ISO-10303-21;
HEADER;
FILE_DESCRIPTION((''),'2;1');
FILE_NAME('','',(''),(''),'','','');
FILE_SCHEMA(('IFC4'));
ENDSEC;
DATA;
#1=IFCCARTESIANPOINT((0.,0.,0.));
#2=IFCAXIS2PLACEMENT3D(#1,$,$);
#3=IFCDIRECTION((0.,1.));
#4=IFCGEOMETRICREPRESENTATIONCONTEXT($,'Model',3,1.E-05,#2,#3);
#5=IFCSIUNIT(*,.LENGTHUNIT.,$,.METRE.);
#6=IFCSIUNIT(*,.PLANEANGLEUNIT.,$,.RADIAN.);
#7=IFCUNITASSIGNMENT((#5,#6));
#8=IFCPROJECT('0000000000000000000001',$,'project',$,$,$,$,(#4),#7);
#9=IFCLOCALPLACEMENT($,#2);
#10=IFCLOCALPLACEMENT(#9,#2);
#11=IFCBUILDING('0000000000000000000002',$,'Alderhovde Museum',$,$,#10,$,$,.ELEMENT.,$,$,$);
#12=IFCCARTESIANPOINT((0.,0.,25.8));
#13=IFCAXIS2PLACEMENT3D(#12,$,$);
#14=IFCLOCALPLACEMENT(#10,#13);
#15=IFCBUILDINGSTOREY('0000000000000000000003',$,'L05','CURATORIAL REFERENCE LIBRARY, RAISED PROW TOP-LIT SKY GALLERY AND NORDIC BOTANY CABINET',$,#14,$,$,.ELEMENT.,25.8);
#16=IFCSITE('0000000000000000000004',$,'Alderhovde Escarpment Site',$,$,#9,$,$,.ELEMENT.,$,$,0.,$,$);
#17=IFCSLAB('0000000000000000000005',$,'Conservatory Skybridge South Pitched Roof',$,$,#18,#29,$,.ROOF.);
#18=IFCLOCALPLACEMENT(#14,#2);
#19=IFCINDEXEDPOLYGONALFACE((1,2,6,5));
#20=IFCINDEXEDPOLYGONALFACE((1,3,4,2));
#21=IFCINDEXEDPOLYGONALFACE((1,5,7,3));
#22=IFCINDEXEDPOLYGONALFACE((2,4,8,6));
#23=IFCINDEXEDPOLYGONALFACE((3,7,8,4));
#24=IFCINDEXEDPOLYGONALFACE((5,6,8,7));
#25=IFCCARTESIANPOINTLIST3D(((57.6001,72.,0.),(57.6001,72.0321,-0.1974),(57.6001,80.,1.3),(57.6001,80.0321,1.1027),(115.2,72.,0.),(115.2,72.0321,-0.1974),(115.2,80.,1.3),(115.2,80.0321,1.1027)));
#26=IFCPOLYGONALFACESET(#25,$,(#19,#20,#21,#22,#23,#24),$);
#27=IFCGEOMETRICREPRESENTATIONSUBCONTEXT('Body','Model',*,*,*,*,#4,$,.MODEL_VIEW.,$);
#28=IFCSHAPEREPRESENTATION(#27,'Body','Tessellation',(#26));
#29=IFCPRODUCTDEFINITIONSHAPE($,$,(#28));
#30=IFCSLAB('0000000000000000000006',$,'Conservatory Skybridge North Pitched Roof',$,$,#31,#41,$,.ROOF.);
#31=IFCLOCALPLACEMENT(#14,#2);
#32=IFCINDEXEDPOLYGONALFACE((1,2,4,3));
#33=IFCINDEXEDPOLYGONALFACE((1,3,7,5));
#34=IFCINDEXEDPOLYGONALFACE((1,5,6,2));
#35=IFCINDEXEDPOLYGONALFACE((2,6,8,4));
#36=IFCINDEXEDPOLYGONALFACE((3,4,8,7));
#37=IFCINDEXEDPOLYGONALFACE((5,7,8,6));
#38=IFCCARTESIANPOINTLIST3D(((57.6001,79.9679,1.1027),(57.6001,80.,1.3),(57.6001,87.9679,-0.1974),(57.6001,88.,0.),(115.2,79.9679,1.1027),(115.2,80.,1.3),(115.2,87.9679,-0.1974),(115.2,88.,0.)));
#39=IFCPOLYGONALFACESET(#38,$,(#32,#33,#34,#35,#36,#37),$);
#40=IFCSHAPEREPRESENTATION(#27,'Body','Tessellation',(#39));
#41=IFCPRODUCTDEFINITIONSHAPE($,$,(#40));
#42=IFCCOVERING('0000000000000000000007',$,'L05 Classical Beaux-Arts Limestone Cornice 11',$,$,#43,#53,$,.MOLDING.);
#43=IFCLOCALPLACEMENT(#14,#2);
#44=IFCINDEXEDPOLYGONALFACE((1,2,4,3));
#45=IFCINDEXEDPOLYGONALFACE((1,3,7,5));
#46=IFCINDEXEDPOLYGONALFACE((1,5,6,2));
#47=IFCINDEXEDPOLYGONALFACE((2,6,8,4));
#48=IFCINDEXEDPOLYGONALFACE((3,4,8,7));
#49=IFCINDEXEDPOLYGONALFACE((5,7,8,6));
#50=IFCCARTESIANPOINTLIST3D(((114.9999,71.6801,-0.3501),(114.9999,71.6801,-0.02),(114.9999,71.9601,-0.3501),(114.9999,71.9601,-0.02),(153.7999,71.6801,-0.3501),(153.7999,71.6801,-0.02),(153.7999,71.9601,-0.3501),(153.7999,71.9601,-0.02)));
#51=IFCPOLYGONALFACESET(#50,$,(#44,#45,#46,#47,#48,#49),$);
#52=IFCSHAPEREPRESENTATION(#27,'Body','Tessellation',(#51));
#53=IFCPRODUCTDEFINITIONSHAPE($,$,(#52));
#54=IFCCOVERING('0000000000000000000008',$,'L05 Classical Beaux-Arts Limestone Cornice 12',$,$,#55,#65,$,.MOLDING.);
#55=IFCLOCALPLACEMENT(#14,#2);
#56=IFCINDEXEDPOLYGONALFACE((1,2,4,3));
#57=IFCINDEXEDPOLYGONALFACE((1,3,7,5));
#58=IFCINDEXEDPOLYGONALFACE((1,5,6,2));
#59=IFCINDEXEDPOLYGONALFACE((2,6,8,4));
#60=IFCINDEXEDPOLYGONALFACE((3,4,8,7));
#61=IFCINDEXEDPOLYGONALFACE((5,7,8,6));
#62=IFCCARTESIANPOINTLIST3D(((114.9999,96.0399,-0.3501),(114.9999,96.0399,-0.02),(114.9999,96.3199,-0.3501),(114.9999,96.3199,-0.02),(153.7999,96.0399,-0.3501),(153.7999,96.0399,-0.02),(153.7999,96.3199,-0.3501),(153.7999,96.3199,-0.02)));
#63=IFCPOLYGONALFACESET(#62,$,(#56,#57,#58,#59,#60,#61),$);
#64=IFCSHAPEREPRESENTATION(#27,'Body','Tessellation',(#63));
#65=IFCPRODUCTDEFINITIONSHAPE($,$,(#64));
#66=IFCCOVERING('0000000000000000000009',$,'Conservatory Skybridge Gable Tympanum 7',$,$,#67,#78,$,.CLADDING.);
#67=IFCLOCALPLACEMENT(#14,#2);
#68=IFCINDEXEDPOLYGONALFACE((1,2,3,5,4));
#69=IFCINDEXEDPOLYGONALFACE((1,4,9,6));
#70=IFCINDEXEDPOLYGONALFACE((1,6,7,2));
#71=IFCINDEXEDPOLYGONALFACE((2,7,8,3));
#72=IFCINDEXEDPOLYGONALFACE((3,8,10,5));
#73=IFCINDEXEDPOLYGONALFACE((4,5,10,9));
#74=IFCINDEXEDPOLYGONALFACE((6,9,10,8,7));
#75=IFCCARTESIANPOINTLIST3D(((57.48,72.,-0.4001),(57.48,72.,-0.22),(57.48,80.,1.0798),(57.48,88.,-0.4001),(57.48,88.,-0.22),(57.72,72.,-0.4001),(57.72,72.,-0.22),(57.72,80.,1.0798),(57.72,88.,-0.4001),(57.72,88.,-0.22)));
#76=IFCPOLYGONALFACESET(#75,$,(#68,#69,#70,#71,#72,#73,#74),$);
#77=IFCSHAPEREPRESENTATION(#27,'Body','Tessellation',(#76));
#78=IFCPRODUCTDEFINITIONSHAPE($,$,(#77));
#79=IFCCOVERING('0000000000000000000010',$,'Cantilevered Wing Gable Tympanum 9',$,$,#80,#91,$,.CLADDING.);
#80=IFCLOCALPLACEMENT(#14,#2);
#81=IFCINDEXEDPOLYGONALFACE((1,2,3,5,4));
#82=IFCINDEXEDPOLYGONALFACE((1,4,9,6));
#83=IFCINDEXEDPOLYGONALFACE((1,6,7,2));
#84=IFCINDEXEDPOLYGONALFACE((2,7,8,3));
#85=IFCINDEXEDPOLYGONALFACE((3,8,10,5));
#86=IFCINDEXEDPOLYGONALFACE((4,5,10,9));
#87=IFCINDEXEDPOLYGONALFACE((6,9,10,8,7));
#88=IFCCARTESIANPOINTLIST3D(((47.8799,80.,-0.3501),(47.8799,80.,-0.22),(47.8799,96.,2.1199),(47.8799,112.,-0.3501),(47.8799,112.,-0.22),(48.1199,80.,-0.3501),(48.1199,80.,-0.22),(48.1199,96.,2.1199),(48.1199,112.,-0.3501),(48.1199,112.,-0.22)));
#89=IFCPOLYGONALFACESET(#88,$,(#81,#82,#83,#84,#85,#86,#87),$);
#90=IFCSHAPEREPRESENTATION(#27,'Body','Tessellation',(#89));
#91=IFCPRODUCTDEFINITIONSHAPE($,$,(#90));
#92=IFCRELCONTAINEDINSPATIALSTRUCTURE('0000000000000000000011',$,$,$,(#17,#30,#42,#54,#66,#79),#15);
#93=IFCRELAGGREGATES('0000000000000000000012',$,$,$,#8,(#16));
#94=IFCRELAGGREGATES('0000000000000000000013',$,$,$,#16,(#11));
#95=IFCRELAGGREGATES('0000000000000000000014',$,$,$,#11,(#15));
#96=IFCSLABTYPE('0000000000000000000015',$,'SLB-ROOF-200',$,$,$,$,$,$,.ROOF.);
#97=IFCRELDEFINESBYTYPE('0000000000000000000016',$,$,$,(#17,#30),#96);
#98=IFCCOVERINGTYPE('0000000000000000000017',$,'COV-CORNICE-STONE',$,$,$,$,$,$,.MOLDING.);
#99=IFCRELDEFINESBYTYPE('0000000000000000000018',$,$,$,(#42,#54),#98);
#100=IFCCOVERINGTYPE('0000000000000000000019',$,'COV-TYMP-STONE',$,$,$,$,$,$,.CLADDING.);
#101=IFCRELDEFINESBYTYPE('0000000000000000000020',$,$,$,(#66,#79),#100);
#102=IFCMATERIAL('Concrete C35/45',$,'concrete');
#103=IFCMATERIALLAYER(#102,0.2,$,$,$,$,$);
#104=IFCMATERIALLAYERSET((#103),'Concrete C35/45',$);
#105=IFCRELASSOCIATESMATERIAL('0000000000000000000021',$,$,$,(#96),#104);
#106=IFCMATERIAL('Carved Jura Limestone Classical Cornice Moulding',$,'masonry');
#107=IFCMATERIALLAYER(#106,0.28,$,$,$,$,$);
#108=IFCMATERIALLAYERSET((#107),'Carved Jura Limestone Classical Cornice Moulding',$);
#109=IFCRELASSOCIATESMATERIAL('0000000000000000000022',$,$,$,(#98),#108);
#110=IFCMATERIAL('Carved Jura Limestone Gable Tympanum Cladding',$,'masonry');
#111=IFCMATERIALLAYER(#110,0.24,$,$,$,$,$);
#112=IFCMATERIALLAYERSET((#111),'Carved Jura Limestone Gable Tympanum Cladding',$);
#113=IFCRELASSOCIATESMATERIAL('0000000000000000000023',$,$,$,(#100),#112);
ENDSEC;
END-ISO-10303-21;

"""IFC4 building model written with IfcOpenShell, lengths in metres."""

from ifc_helpers import new_model, si_unit, direction, frame, frame_2d, origin, place, context, subcontext, project, spatial, polyline, rectangle, outline, extrude, material, layer, layer_set, type_object, element, save


model = new_model("IFC4")

# Units and contexts
model_context = context("Model", 3, precision=1e-05, world=origin(), true_north=direction((0.0, 1.0)))
body_context = subcontext(model_context, "Body", "Model", "MODEL_VIEW")
ifc_project = project(units=[si_unit("LENGTHUNIT", "METRE"), si_unit("PLANEANGLEUNIT", "RADIAN")], contexts=[model_context])

# Site, building, storey
site_placement = place(None, origin())
site = spatial("IfcSite", under=ifc_project, at=site_placement, Name="Alderhovde Escarpment Site", CompositionType="ELEMENT", RefElevation=0.0)
building_placement = place(site_placement, origin())
building = spatial("IfcBuilding", under=site, at=building_placement, Name="Alderhovde Museum", CompositionType="ELEMENT")
storey_placement = place(building_placement, frame((0.0, 0.0, 25.8)))
storey = spatial("IfcBuildingStorey", under=building, at=storey_placement, Name="L05", Description="CURATORIAL REFERENCE LIBRARY, RAISED PROW TOP-LIT SKY GALLERY AND NORDIC BOTANY CABINET", CompositionType="ELEMENT", Elevation=25.8)

# Slabs
ifc_material_1 = material(Name="Concrete C35/45", Category="concrete")
ifc_layer_1 = layer(ifc_material_1, 0.2)
ifc_layer_set_1 = layer_set([ifc_layer_1], Name="Concrete C35/45")
slab_type = type_object("IfcSlabType", Name="SLB-ROOF-200", PredefinedType="ROOF", material=ifc_layer_set_1)
for number, where, z_axis, x_axis, name in (
    (1, (57.6001, 72.0, 0.0), (0.0, -0.160402, 0.987052), (1.0, 0.0, 0.0), "Conservatory Skybridge South Pitched Roof"),
    (2, (57.6001, 80.0, 1.3), (0.0, 0.160402, 0.987052), (1.0, 0.0, 0.0), "Conservatory Skybridge North Pitched Roof"),
):
    element("IfcSlab", number, at=place(storey_placement, frame(where, z_axis=z_axis, x_axis=x_axis)), inside=storey, type_object=slab_type, Name=name, PredefinedType="ROOF", context=body_context, shape_type="SweptSolid", body=[
        extrude(outline(polyline([(0.0, 0.0), (57.5999, 0.0), (57.5999, 8.1049), (0.0, 8.1049), (0.0, 0.0)])), origin(), (0.0, 0.0, -1.0), 0.2),
    ])

# Coverings
ifc_material_2 = material(Name="Carved Jura Limestone Classical Cornice Moulding", Category="masonry")
ifc_layer_2 = layer(ifc_material_2, 0.28)
ifc_layer_set_2 = layer_set([ifc_layer_2], Name="Carved Jura Limestone Classical Cornice Moulding")
covering_type_1 = type_object("IfcCoveringType", Name="COV-CORNICE-STONE", PredefinedType="MOLDING", material=ifc_layer_set_2)
for number, where, z_axis, x_axis, name in (
    (3, (115.0, 71.8201, -0.3501), (0.0, 0.0, 1.0), (1.0, 0.0, 0.0), "L05 Classical Beaux-Arts Limestone Cornice 11"),
    (4, (115.0, 96.1799, -0.3501), (0.0, 0.0, 1.0), (1.0, 0.0, 0.0), "L05 Classical Beaux-Arts Limestone Cornice 12"),
):
    element("IfcCovering", number, at=place(storey_placement, frame(where, z_axis=z_axis, x_axis=x_axis)), inside=storey, type_object=covering_type_1, Name=name, PredefinedType="MOLDING", context=body_context, shape_type="SweptSolid", body=[
        extrude(rectangle(XDim=38.8, YDim=0.28, at=frame_2d((19.3999, 0.0))), origin(), (0.0, 0.0, 1.0), 0.3301),
    ])
ifc_material_3 = material(Name="Carved Jura Limestone Gable Tympanum Cladding", Category="masonry")
ifc_layer_3 = layer(ifc_material_3, 0.24)
ifc_layer_set_3 = layer_set([ifc_layer_3], Name="Carved Jura Limestone Gable Tympanum Cladding")
covering_type_2 = type_object("IfcCoveringType", Name="COV-TYMP-STONE", PredefinedType="CLADDING", material=ifc_layer_set_3)
covering_1_placement = place(storey_placement, frame((57.6001, 72.0, -0.4001), z_axis=(0.0, 0.0, 1.0), x_axis=(0.0, 1.0, 0.0)))
element("IfcCovering", 5, at=covering_1_placement, inside=storey, type_object=covering_type_2, Name="Conservatory Skybridge Gable Tympanum 7", PredefinedType="CLADDING", context=body_context, shape_type="SweptSolid", body=[
    extrude(outline(polyline([(0.0, 0.0), (16.0, 0.0), (16.0, 0.1802), (8.0, 1.48), (0.0, 0.1802), (0.0, 0.0)])), frame((0.0, 0.1201, 0.0), z_axis=(0.0, -1.0, 0.0), x_axis=(1.0, 0.0, 0.0)), (0.0, 0.0, 1.0), 0.24),
])
covering_2_placement = place(storey_placement, frame((48.0, 80.0, -0.3501), z_axis=(0.0, 0.0, 1.0), x_axis=(0.0, 1.0, 0.0)))
element("IfcCovering", 6, at=covering_2_placement, inside=storey, type_object=covering_type_2, Name="Cantilevered Wing Gable Tympanum 9", PredefinedType="CLADDING", context=body_context, shape_type="SweptSolid", body=[
    extrude(outline(polyline([(0.0, 0.0), (32.0, 0.0), (32.0, 0.1301), (16.0, 2.47), (0.0, 0.1301), (0.0, 0.0)])), frame((0.0, 0.1201, 0.0), z_axis=(0.0, -1.0, 0.0), x_axis=(1.0, 0.0, 0.0)), (0.0, 0.0, 1.0), 0.24),
])

save(model, "model.ifc")
